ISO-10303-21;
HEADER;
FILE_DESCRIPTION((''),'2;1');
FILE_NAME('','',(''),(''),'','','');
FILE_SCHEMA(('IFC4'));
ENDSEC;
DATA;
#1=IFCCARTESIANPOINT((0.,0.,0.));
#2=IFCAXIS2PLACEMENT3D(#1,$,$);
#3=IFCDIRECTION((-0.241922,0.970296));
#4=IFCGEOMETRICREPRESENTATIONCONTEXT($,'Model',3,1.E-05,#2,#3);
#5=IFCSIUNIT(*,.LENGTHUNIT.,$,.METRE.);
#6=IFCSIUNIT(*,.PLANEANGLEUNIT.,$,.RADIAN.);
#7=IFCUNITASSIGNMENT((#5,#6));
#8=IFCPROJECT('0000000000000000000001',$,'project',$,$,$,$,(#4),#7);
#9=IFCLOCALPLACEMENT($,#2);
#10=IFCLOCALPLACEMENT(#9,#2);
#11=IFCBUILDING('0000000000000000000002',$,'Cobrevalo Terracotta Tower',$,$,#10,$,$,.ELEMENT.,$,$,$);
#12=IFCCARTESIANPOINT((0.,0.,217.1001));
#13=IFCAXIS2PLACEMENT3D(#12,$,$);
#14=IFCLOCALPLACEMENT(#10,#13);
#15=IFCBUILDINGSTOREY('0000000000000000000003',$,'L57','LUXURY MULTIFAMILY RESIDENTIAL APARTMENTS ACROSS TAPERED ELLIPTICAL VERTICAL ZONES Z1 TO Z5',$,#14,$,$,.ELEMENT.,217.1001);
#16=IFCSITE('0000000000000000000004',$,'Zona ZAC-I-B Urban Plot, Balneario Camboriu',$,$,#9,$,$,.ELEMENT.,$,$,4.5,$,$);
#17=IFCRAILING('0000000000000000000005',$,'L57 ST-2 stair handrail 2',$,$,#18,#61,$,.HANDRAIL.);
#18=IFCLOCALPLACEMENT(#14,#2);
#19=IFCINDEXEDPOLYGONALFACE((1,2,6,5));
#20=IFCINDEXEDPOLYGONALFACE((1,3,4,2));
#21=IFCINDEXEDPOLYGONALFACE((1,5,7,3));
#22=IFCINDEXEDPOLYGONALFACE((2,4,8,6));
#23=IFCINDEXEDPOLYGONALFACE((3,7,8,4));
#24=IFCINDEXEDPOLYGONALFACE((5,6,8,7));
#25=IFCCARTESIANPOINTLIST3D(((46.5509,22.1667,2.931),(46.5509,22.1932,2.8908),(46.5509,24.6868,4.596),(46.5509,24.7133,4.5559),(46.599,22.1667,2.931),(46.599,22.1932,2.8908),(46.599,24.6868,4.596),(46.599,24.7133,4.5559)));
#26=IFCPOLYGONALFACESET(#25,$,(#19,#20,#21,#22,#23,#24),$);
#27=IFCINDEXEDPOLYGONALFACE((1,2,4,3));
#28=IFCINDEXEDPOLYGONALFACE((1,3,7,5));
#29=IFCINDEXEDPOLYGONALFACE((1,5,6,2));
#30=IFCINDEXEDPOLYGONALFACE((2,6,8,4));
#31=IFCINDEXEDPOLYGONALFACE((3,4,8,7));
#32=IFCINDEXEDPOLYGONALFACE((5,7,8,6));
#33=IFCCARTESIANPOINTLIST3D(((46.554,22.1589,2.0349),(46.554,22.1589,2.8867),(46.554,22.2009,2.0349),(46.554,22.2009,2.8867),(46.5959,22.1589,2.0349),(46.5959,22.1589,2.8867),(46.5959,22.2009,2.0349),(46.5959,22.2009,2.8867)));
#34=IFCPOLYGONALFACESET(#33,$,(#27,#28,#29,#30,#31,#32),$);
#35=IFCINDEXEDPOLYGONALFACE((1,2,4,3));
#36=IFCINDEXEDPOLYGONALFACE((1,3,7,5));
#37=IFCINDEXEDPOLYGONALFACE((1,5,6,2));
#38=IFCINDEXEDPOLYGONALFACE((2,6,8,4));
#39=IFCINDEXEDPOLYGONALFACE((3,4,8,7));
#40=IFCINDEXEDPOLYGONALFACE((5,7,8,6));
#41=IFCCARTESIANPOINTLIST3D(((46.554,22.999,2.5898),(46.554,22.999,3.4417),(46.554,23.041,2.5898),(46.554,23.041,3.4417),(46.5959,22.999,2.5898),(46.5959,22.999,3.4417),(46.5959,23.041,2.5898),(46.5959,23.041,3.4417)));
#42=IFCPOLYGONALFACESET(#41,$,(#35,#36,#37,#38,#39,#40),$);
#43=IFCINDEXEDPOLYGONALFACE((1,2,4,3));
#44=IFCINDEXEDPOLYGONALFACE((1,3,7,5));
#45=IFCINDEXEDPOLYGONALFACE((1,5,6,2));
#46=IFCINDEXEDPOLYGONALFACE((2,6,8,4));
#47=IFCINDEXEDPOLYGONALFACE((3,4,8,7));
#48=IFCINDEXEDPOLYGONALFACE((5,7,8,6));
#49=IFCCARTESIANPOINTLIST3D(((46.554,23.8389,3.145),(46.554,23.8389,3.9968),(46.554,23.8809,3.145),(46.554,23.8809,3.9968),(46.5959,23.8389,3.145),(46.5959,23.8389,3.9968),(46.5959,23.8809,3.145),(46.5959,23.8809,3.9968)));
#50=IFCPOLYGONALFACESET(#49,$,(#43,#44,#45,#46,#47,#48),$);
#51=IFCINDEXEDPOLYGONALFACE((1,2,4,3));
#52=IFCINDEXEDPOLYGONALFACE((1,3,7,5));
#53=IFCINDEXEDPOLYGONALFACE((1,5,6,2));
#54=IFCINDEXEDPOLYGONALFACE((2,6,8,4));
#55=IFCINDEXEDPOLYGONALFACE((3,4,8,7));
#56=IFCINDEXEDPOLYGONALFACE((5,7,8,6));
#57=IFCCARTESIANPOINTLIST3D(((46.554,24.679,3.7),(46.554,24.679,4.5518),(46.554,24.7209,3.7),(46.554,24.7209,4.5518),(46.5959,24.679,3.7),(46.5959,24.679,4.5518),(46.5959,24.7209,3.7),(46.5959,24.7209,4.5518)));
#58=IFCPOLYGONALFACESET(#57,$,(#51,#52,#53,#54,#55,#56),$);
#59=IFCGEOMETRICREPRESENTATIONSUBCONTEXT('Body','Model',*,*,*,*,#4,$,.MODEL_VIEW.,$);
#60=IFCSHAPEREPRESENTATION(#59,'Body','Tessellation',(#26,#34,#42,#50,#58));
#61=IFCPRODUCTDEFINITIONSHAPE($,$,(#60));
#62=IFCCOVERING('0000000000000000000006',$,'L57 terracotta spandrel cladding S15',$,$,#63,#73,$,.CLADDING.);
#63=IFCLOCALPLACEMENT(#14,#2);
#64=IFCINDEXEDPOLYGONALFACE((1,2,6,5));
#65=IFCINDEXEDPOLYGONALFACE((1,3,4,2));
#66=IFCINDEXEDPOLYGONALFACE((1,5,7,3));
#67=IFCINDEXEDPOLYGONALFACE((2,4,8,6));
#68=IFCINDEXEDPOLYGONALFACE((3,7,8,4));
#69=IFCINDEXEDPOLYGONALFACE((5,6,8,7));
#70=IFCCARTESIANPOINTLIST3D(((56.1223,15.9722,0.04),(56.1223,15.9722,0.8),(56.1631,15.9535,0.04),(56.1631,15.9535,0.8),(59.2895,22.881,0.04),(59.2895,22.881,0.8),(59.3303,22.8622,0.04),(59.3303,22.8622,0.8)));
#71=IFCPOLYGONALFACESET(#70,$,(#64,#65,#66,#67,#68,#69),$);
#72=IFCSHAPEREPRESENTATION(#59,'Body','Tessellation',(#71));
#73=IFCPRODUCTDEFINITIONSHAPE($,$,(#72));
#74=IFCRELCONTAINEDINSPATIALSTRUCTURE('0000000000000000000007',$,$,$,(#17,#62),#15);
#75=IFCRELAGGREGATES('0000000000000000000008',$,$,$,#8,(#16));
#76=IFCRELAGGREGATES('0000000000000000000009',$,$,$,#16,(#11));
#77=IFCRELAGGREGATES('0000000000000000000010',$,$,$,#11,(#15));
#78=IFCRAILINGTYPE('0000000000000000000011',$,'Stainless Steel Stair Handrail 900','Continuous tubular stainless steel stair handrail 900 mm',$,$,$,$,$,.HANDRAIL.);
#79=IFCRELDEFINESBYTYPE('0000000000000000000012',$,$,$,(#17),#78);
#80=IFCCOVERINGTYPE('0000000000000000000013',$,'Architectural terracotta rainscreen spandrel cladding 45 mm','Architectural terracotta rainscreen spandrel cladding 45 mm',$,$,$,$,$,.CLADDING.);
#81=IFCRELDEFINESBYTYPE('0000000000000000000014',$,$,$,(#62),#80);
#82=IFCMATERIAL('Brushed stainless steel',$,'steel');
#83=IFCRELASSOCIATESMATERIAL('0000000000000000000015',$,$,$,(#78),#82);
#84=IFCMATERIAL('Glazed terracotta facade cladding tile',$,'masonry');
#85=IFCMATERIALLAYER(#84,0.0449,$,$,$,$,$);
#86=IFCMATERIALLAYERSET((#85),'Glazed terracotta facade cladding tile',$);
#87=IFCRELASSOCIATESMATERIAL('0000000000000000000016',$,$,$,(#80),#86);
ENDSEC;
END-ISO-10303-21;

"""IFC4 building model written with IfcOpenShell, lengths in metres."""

from ifc_helpers import new_model, si_unit, direction, frame, origin, origin_2d, place, context, subcontext, project, spatial, rectangle, extrude, source, transform, mapped, material, layer, layer_set, type_object, element, save


model = new_model("IFC4")

# Units and contexts
model_context = context("Model", 3, precision=1e-05, world=origin(), true_north=direction((-0.241922, 0.970296)))
body_context = subcontext(model_context, "Body", "Model", "MODEL_VIEW")
ifc_project = project(units=[si_unit("LENGTHUNIT", "METRE"), si_unit("PLANEANGLEUNIT", "RADIAN")], contexts=[model_context])

# Site, building, storey
site_placement = place(None, origin())
site = spatial("IfcSite", under=ifc_project, at=site_placement, Name="Zona ZAC-I-B Urban Plot, Balneario Camboriu", CompositionType="ELEMENT", RefElevation=4.5)
building_placement = place(site_placement, origin())
building = spatial("IfcBuilding", under=site, at=building_placement, Name="Cobrevalo Terracotta Tower", CompositionType="ELEMENT")
storey_placement = place(building_placement, frame((0.0, 0.0, 217.1001)))
storey = spatial("IfcBuildingStorey", under=building, at=storey_placement, Name="L57", Description="LUXURY MULTIFAMILY RESIDENTIAL APARTMENTS ACROSS TAPERED ELLIPTICAL VERTICAL ZONES Z1 TO Z5", CompositionType="ELEMENT", Elevation=217.1001)

# Railing
ifc_material_1 = material(Name="Brushed stainless steel", Category="steel")
railing_type = type_object("IfcRailingType", Name="Stainless Steel Stair Handrail 900", Description="Continuous tubular stainless steel stair handrail 900 mm", PredefinedType="HANDRAIL", material=ifc_material_1)
railing_placement = place(storey_placement, frame((46.575, 22.1799, 2.0349)))
element("IfcRailing", 1, at=railing_placement, inside=storey, type_object=railing_type, Name="L57 ST-2 stair handrail 2", PredefinedType="HANDRAIL", context=body_context, shape_type="SweptSolid", body=[
    extrude(rectangle(XDim=0.0481, YDim=0.0481, at=origin_2d()), frame((0.0, 0.0, 0.876), z_axis=(0.0, 0.834331, 0.551263), x_axis=(-1.0, 0.0, 0.0)), (0.0, 0.0, 1.0), 3.0205),
    extrude(rectangle(XDim=0.042, YDim=0.042, at=origin_2d()), origin(), (0.0, 0.0, 1.0), 0.8518),
    extrude(rectangle(XDim=0.042, YDim=0.042, at=origin_2d()), frame((0.0, 0.8401, 0.5549)), (0.0, 0.0, 1.0), 0.8518),
    extrude(rectangle(XDim=0.042, YDim=0.042, at=origin_2d()), frame((0.0, 1.6799, 1.1101)), (0.0, 0.0, 1.0), 0.8518),
    extrude(rectangle(XDim=0.042, YDim=0.042, at=origin_2d()), frame((0.0, 2.52, 1.665)), (0.0, 0.0, 1.0), 0.8518),
])

# Covering
ifc_material_2 = material(Name="Glazed terracotta facade cladding tile", Category="masonry")
ifc_layer_1 = layer(ifc_material_2, 0.0449)
ifc_layer_set_1 = layer_set([ifc_layer_1], Name="Glazed terracotta facade cladding tile")
covering_type = type_object("IfcCoveringType", Name="Architectural terracotta rainscreen spandrel cladding 45 mm", Description="Architectural terracotta rainscreen spandrel cladding 45 mm", PredefinedType="CLADDING", material=ifc_layer_set_1)
shared_shape_1 = source(origin(), body_context, "Body", "SweptSolid", [
    extrude(rectangle(XDim=7.6001, YDim=0.0449, at=origin_2d()), origin(), (0.0, 0.0, 1.0), 0.76),
])
covering_placement = place(storey_placement, frame((57.7263, 19.4172, 0.04), z_axis=(0.0, 0.0, 1.0), x_axis=(0.416731, 0.90903, 0.0)))
element("IfcCovering", 2, at=covering_placement, inside=storey, type_object=covering_type, Name="L57 terracotta spandrel cladding S15", PredefinedType="CLADDING", context=body_context, shape_type="MappedRepresentation", body=[
    mapped(shared_shape_1, transform((0.0, 0.0, 0.0), scale=1.0)),
])

save(model, "model.ifc")
